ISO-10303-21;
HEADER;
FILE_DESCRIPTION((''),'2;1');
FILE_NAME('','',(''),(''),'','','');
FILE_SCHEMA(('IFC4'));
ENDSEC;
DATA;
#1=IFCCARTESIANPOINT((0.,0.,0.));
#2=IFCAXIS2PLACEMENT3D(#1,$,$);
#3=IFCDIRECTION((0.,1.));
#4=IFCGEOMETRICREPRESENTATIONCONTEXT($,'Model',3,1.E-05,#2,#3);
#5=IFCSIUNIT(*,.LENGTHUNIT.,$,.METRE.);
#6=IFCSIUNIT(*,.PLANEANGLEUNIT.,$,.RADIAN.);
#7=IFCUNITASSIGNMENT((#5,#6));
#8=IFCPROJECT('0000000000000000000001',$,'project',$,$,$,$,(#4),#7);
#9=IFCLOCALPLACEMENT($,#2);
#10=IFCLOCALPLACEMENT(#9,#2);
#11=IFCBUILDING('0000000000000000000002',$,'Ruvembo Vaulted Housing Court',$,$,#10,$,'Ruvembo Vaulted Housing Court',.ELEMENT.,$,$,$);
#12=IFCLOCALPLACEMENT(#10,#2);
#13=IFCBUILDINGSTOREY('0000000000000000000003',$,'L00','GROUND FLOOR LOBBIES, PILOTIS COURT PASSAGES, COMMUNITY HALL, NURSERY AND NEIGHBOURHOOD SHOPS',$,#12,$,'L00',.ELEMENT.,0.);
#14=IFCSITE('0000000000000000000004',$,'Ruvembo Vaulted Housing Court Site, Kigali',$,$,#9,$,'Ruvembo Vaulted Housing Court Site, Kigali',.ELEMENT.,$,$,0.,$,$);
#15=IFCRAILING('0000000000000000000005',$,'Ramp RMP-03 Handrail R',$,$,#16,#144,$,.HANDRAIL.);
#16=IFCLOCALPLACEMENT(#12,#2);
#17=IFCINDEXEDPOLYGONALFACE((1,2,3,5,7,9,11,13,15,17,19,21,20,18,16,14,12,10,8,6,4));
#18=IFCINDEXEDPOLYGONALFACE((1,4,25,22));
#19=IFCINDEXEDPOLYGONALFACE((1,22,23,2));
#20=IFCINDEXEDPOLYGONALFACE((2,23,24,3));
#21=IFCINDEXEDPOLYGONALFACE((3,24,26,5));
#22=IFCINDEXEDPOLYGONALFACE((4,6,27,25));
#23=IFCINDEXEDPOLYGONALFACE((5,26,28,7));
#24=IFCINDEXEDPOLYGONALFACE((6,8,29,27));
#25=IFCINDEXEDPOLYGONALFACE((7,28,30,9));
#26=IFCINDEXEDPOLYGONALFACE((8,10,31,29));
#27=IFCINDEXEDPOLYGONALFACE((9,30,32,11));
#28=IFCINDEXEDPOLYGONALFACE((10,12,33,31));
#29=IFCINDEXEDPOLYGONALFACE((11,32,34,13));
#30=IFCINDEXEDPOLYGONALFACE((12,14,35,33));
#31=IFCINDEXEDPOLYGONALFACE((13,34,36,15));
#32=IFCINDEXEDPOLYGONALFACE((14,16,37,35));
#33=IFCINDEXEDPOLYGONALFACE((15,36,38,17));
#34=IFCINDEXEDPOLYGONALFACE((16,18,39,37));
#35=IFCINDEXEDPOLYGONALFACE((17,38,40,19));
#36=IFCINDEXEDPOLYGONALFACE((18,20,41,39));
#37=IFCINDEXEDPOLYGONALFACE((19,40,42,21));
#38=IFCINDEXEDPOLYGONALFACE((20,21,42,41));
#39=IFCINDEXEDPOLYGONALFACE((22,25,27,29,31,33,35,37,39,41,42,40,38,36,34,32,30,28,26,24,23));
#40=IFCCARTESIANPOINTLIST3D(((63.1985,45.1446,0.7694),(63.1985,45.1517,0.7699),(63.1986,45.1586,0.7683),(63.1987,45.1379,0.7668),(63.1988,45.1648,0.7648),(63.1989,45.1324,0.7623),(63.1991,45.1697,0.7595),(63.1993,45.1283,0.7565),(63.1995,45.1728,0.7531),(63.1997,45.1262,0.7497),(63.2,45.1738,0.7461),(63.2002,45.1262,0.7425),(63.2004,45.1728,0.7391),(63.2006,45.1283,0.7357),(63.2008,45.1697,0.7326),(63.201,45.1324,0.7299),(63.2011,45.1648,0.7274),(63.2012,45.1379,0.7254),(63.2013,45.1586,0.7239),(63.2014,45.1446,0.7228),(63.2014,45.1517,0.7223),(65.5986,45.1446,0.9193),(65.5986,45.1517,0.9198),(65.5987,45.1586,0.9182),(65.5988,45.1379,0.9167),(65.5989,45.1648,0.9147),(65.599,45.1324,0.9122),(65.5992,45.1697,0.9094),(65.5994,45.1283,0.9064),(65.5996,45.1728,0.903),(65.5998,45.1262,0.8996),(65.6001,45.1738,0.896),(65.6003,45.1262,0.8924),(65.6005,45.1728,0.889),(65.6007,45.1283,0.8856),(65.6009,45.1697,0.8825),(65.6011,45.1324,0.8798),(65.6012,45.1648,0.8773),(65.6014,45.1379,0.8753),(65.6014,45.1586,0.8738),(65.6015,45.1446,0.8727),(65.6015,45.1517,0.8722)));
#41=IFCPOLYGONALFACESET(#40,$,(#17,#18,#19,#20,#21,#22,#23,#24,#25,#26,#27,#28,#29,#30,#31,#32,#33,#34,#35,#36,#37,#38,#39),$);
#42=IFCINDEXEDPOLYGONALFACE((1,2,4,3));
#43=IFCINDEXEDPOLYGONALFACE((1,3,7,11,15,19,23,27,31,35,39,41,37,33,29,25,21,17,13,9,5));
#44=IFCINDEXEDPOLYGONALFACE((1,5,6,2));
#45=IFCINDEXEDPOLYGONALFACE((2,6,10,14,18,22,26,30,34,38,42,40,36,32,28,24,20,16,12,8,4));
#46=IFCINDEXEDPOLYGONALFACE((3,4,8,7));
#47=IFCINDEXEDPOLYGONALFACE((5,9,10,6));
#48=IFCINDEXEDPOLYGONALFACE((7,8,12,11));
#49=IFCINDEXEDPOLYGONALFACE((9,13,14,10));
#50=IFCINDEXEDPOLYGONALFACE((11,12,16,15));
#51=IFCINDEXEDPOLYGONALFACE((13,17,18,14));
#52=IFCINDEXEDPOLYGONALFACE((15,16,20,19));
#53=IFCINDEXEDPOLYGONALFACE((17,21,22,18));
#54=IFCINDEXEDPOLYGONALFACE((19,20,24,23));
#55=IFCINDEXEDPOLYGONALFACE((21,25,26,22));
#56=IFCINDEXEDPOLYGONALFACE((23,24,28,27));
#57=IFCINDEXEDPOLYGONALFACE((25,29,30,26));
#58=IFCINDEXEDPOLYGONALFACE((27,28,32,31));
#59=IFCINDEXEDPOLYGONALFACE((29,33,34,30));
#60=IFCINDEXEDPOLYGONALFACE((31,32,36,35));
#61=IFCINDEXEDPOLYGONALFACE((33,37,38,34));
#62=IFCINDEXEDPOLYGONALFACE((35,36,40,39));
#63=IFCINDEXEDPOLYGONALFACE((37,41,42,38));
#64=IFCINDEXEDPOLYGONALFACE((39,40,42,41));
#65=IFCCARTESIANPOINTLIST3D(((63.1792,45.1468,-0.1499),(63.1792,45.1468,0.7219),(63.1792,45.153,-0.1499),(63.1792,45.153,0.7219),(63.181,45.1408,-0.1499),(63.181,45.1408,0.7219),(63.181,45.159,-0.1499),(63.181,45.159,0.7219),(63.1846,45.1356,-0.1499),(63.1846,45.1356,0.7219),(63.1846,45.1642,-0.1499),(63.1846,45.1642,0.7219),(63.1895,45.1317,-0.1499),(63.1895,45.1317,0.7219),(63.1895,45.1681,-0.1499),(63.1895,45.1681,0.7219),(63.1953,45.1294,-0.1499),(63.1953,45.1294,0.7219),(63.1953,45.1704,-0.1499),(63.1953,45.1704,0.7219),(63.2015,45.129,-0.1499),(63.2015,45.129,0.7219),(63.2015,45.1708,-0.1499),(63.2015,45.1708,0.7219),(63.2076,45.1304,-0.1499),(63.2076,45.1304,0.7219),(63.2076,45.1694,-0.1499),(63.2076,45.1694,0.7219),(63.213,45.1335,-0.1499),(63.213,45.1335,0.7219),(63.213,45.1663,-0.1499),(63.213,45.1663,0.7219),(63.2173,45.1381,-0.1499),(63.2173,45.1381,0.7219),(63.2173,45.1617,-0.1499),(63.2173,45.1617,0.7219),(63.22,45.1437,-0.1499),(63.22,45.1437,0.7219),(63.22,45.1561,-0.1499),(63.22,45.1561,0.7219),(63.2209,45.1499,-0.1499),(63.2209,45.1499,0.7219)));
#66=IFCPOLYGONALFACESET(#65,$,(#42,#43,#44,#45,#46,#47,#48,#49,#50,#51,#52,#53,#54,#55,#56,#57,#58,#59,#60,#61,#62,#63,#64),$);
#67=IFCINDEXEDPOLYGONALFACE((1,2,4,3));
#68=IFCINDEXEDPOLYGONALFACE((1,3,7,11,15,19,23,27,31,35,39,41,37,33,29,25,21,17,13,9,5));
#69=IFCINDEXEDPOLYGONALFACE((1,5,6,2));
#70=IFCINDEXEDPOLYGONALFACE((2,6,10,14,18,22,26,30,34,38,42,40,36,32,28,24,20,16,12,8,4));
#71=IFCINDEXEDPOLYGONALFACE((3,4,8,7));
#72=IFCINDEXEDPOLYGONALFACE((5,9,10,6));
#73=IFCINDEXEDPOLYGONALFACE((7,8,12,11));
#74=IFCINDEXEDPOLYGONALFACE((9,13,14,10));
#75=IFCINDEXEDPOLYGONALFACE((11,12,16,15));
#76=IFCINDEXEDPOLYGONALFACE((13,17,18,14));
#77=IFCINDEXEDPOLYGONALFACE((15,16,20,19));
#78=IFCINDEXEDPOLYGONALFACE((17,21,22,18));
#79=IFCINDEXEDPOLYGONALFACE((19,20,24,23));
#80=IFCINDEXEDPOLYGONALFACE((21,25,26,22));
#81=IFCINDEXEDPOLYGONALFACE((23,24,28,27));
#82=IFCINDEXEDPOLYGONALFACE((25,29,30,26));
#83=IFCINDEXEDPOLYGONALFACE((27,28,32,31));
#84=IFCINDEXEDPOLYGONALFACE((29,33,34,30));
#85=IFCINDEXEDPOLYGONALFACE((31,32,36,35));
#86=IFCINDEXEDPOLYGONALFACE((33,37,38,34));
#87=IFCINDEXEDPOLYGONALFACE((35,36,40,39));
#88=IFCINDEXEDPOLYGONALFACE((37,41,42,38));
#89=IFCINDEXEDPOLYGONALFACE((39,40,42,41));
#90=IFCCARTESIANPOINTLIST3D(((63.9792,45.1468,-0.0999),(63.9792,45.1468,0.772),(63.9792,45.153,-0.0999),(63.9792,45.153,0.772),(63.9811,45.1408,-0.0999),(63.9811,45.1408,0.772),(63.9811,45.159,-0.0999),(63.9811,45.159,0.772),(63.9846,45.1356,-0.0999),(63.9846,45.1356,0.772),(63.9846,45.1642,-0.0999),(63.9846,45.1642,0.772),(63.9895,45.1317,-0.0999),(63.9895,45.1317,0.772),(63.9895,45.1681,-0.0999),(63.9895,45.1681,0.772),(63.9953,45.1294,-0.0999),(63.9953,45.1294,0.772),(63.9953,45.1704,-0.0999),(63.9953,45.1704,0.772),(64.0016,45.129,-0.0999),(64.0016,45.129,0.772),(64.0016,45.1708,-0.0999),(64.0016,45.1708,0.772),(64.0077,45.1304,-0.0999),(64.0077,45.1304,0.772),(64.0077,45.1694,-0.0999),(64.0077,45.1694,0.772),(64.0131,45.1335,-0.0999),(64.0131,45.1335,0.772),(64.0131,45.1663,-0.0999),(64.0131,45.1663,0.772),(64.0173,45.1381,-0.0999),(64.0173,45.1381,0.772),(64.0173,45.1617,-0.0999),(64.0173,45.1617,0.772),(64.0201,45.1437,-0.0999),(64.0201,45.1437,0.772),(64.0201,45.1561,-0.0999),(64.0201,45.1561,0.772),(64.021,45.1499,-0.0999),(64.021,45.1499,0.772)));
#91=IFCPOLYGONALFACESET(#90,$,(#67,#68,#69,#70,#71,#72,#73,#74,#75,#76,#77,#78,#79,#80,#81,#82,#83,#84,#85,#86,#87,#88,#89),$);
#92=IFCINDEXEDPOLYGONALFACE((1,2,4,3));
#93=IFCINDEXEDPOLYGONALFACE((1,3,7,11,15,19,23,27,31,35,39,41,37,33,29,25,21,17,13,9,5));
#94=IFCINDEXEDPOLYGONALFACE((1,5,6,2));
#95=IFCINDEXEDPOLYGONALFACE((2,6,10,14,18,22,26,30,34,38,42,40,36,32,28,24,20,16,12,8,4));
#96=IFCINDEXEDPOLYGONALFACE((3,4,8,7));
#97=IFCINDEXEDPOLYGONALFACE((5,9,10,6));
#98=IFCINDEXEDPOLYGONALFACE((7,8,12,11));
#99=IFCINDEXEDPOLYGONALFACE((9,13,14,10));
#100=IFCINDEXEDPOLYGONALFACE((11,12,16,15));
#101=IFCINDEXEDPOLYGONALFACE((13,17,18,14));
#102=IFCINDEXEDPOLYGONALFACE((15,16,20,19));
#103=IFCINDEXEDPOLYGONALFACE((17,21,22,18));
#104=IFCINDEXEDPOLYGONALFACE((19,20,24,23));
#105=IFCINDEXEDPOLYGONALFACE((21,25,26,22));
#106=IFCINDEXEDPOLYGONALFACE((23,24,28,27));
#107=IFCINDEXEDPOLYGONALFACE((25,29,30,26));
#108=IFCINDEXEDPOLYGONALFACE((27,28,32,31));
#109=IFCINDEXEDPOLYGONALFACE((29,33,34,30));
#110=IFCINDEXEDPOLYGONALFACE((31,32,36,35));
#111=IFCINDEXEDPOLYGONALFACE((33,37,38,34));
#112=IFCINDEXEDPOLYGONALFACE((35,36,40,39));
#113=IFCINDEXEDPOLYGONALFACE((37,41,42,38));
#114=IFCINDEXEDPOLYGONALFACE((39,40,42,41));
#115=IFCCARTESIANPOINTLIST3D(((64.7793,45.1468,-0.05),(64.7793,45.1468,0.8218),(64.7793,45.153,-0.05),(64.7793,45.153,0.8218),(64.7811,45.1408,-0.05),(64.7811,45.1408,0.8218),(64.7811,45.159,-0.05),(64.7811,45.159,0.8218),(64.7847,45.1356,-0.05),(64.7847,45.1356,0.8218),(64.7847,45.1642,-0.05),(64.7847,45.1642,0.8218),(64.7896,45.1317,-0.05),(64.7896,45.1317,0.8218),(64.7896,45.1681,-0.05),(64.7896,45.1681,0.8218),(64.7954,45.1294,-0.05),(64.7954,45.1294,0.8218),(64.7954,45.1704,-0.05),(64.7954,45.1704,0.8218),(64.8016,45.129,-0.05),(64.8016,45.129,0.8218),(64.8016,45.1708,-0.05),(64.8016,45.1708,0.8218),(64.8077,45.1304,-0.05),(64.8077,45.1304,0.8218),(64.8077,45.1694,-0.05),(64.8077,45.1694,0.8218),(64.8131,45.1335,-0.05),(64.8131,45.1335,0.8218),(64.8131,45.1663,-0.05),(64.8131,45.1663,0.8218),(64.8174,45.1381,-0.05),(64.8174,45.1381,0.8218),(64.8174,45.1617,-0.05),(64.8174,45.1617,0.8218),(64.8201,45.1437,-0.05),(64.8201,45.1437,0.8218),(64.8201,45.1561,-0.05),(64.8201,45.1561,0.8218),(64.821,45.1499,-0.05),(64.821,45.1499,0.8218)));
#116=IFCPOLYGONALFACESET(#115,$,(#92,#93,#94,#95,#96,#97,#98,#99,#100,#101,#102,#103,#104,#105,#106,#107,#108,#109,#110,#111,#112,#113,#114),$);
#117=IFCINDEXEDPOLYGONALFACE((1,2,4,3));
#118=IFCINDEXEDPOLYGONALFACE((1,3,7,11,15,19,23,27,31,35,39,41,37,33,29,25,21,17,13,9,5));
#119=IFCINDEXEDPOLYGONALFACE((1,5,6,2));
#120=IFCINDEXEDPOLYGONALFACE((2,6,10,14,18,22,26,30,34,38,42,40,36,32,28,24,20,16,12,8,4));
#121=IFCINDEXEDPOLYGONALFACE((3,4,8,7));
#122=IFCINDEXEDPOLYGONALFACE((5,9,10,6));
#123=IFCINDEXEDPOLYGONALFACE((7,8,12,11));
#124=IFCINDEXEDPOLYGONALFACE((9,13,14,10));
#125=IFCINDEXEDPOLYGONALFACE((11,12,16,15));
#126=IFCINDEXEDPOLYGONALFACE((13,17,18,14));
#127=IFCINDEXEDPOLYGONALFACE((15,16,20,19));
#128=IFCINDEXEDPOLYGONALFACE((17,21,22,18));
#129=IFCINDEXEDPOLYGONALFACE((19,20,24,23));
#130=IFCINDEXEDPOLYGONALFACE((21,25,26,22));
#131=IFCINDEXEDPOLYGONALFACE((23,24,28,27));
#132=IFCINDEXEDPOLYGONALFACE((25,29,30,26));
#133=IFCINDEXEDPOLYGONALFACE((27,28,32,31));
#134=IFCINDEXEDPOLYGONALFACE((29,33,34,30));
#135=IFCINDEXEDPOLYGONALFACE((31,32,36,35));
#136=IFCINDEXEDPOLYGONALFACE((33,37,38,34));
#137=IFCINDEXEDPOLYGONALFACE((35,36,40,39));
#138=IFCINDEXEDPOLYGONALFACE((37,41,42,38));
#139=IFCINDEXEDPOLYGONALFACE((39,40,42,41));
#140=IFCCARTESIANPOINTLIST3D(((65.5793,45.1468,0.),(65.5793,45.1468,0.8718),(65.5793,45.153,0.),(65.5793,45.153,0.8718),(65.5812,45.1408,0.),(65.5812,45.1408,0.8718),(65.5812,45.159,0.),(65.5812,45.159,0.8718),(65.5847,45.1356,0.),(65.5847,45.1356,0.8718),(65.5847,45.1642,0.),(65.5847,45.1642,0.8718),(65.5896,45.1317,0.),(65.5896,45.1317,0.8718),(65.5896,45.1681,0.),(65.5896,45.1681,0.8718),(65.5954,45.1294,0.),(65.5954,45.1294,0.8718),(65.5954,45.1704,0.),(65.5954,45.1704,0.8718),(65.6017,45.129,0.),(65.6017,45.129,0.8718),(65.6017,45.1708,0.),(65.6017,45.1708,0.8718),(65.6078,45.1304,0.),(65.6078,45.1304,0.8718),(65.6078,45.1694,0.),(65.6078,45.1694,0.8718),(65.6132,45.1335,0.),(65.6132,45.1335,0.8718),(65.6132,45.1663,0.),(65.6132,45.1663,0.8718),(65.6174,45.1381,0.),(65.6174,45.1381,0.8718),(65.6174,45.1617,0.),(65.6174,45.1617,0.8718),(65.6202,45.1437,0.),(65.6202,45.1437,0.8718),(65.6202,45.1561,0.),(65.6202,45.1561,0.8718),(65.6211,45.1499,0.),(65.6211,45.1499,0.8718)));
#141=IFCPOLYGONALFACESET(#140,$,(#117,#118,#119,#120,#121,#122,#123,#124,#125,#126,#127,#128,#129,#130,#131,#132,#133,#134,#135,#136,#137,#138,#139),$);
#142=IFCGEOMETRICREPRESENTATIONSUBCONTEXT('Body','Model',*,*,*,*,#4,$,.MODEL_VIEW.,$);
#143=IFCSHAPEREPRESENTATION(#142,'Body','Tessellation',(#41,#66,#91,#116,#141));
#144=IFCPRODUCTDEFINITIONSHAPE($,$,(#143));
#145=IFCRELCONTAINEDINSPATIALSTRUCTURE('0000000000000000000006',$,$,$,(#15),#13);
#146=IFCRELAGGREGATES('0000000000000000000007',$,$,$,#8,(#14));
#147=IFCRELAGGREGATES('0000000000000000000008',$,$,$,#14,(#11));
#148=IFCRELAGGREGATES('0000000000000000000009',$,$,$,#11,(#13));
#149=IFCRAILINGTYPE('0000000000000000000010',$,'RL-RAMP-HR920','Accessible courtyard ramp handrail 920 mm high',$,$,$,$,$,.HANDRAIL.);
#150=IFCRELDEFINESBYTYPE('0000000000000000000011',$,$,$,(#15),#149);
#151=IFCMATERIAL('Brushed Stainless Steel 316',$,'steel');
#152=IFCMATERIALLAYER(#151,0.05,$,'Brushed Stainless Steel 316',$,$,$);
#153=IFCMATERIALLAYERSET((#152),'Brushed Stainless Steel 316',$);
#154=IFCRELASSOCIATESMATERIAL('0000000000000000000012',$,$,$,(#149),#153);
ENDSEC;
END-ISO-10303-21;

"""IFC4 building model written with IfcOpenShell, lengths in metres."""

from ifc_helpers import new_model, si_unit, direction, frame, origin, origin_2d, place, context, subcontext, project, spatial, circle, extrude, material, layer, layer_set, type_object, element, save


model = new_model("IFC4")

# Units and contexts
model_context = context("Model", 3, precision=1e-05, world=origin(), true_north=direction((0.0, 1.0)))
body_context = subcontext(model_context, "Body", "Model", "MODEL_VIEW")
ifc_project = project(units=[si_unit("LENGTHUNIT", "METRE"), si_unit("PLANEANGLEUNIT", "RADIAN")], contexts=[model_context])

# Site, building, storey
site_placement = place(None, origin())
site = spatial("IfcSite", under=ifc_project, at=site_placement, Name="Ruvembo Vaulted Housing Court Site, Kigali", LongName="Ruvembo Vaulted Housing Court Site, Kigali", CompositionType="ELEMENT", RefElevation=0.0)
building_placement = place(site_placement, origin())
building = spatial("IfcBuilding", under=site, at=building_placement, Name="Ruvembo Vaulted Housing Court", LongName="Ruvembo Vaulted Housing Court", CompositionType="ELEMENT")
storey_placement = place(building_placement, origin())
storey = spatial("IfcBuildingStorey", under=building, at=storey_placement, Name="L00", Description="GROUND FLOOR LOBBIES, PILOTIS COURT PASSAGES, COMMUNITY HALL, NURSERY AND NEIGHBOURHOOD SHOPS", LongName="L00", CompositionType="ELEMENT", Elevation=0.0)

# Railing
ifc_material_1 = material(Name="Brushed Stainless Steel 316", Category="steel")
ifc_layer_1 = layer(ifc_material_1, 0.05, Name="Brushed Stainless Steel 316")
ifc_layer_set_1 = layer_set([ifc_layer_1], Name="Brushed Stainless Steel 316")
railing_type = type_object("IfcRailingType", Name="RL-RAMP-HR920", Description="Accessible courtyard ramp handrail 920 mm high", PredefinedType="HANDRAIL", material=ifc_layer_set_1)
for number, where, name in (
    (1, (63.2, 45.1499, -0.1499), "Ramp RMP-03 Handrail R"),
):
    element("IfcRailing", number, at=place(storey_placement, frame(where)), inside=storey, type_object=railing_type, Name=name, PredefinedType="HANDRAIL", context=body_context, shape_type="SweptSolid", body=[
        extrude(circle(Radius=0.0239, at=origin_2d()), frame((0.0, 0.0, 0.896), z_axis=(0.998055, 0.0, 0.062334), x_axis=(0.0, 1.0, 0.0)), (0.0, 0.0, 1.0), 2.4048),
        extrude(circle(Radius=0.021, at=origin_2d()), origin(), (0.0, 0.0, 1.0), 0.8718),
        extrude(circle(Radius=0.021, at=origin_2d()), frame((0.8, 0.0, 0.05)), (0.0, 0.0, 1.0), 0.8718),
        extrude(circle(Radius=0.021, at=origin_2d()), frame((1.6001, 0.0, 0.0999)), (0.0, 0.0, 1.0), 0.8718),
        extrude(circle(Radius=0.021, at=origin_2d()), frame((2.4001, 0.0, 0.1499)), (0.0, 0.0, 1.0), 0.8718),
    ])

save(model, "model.ifc")
